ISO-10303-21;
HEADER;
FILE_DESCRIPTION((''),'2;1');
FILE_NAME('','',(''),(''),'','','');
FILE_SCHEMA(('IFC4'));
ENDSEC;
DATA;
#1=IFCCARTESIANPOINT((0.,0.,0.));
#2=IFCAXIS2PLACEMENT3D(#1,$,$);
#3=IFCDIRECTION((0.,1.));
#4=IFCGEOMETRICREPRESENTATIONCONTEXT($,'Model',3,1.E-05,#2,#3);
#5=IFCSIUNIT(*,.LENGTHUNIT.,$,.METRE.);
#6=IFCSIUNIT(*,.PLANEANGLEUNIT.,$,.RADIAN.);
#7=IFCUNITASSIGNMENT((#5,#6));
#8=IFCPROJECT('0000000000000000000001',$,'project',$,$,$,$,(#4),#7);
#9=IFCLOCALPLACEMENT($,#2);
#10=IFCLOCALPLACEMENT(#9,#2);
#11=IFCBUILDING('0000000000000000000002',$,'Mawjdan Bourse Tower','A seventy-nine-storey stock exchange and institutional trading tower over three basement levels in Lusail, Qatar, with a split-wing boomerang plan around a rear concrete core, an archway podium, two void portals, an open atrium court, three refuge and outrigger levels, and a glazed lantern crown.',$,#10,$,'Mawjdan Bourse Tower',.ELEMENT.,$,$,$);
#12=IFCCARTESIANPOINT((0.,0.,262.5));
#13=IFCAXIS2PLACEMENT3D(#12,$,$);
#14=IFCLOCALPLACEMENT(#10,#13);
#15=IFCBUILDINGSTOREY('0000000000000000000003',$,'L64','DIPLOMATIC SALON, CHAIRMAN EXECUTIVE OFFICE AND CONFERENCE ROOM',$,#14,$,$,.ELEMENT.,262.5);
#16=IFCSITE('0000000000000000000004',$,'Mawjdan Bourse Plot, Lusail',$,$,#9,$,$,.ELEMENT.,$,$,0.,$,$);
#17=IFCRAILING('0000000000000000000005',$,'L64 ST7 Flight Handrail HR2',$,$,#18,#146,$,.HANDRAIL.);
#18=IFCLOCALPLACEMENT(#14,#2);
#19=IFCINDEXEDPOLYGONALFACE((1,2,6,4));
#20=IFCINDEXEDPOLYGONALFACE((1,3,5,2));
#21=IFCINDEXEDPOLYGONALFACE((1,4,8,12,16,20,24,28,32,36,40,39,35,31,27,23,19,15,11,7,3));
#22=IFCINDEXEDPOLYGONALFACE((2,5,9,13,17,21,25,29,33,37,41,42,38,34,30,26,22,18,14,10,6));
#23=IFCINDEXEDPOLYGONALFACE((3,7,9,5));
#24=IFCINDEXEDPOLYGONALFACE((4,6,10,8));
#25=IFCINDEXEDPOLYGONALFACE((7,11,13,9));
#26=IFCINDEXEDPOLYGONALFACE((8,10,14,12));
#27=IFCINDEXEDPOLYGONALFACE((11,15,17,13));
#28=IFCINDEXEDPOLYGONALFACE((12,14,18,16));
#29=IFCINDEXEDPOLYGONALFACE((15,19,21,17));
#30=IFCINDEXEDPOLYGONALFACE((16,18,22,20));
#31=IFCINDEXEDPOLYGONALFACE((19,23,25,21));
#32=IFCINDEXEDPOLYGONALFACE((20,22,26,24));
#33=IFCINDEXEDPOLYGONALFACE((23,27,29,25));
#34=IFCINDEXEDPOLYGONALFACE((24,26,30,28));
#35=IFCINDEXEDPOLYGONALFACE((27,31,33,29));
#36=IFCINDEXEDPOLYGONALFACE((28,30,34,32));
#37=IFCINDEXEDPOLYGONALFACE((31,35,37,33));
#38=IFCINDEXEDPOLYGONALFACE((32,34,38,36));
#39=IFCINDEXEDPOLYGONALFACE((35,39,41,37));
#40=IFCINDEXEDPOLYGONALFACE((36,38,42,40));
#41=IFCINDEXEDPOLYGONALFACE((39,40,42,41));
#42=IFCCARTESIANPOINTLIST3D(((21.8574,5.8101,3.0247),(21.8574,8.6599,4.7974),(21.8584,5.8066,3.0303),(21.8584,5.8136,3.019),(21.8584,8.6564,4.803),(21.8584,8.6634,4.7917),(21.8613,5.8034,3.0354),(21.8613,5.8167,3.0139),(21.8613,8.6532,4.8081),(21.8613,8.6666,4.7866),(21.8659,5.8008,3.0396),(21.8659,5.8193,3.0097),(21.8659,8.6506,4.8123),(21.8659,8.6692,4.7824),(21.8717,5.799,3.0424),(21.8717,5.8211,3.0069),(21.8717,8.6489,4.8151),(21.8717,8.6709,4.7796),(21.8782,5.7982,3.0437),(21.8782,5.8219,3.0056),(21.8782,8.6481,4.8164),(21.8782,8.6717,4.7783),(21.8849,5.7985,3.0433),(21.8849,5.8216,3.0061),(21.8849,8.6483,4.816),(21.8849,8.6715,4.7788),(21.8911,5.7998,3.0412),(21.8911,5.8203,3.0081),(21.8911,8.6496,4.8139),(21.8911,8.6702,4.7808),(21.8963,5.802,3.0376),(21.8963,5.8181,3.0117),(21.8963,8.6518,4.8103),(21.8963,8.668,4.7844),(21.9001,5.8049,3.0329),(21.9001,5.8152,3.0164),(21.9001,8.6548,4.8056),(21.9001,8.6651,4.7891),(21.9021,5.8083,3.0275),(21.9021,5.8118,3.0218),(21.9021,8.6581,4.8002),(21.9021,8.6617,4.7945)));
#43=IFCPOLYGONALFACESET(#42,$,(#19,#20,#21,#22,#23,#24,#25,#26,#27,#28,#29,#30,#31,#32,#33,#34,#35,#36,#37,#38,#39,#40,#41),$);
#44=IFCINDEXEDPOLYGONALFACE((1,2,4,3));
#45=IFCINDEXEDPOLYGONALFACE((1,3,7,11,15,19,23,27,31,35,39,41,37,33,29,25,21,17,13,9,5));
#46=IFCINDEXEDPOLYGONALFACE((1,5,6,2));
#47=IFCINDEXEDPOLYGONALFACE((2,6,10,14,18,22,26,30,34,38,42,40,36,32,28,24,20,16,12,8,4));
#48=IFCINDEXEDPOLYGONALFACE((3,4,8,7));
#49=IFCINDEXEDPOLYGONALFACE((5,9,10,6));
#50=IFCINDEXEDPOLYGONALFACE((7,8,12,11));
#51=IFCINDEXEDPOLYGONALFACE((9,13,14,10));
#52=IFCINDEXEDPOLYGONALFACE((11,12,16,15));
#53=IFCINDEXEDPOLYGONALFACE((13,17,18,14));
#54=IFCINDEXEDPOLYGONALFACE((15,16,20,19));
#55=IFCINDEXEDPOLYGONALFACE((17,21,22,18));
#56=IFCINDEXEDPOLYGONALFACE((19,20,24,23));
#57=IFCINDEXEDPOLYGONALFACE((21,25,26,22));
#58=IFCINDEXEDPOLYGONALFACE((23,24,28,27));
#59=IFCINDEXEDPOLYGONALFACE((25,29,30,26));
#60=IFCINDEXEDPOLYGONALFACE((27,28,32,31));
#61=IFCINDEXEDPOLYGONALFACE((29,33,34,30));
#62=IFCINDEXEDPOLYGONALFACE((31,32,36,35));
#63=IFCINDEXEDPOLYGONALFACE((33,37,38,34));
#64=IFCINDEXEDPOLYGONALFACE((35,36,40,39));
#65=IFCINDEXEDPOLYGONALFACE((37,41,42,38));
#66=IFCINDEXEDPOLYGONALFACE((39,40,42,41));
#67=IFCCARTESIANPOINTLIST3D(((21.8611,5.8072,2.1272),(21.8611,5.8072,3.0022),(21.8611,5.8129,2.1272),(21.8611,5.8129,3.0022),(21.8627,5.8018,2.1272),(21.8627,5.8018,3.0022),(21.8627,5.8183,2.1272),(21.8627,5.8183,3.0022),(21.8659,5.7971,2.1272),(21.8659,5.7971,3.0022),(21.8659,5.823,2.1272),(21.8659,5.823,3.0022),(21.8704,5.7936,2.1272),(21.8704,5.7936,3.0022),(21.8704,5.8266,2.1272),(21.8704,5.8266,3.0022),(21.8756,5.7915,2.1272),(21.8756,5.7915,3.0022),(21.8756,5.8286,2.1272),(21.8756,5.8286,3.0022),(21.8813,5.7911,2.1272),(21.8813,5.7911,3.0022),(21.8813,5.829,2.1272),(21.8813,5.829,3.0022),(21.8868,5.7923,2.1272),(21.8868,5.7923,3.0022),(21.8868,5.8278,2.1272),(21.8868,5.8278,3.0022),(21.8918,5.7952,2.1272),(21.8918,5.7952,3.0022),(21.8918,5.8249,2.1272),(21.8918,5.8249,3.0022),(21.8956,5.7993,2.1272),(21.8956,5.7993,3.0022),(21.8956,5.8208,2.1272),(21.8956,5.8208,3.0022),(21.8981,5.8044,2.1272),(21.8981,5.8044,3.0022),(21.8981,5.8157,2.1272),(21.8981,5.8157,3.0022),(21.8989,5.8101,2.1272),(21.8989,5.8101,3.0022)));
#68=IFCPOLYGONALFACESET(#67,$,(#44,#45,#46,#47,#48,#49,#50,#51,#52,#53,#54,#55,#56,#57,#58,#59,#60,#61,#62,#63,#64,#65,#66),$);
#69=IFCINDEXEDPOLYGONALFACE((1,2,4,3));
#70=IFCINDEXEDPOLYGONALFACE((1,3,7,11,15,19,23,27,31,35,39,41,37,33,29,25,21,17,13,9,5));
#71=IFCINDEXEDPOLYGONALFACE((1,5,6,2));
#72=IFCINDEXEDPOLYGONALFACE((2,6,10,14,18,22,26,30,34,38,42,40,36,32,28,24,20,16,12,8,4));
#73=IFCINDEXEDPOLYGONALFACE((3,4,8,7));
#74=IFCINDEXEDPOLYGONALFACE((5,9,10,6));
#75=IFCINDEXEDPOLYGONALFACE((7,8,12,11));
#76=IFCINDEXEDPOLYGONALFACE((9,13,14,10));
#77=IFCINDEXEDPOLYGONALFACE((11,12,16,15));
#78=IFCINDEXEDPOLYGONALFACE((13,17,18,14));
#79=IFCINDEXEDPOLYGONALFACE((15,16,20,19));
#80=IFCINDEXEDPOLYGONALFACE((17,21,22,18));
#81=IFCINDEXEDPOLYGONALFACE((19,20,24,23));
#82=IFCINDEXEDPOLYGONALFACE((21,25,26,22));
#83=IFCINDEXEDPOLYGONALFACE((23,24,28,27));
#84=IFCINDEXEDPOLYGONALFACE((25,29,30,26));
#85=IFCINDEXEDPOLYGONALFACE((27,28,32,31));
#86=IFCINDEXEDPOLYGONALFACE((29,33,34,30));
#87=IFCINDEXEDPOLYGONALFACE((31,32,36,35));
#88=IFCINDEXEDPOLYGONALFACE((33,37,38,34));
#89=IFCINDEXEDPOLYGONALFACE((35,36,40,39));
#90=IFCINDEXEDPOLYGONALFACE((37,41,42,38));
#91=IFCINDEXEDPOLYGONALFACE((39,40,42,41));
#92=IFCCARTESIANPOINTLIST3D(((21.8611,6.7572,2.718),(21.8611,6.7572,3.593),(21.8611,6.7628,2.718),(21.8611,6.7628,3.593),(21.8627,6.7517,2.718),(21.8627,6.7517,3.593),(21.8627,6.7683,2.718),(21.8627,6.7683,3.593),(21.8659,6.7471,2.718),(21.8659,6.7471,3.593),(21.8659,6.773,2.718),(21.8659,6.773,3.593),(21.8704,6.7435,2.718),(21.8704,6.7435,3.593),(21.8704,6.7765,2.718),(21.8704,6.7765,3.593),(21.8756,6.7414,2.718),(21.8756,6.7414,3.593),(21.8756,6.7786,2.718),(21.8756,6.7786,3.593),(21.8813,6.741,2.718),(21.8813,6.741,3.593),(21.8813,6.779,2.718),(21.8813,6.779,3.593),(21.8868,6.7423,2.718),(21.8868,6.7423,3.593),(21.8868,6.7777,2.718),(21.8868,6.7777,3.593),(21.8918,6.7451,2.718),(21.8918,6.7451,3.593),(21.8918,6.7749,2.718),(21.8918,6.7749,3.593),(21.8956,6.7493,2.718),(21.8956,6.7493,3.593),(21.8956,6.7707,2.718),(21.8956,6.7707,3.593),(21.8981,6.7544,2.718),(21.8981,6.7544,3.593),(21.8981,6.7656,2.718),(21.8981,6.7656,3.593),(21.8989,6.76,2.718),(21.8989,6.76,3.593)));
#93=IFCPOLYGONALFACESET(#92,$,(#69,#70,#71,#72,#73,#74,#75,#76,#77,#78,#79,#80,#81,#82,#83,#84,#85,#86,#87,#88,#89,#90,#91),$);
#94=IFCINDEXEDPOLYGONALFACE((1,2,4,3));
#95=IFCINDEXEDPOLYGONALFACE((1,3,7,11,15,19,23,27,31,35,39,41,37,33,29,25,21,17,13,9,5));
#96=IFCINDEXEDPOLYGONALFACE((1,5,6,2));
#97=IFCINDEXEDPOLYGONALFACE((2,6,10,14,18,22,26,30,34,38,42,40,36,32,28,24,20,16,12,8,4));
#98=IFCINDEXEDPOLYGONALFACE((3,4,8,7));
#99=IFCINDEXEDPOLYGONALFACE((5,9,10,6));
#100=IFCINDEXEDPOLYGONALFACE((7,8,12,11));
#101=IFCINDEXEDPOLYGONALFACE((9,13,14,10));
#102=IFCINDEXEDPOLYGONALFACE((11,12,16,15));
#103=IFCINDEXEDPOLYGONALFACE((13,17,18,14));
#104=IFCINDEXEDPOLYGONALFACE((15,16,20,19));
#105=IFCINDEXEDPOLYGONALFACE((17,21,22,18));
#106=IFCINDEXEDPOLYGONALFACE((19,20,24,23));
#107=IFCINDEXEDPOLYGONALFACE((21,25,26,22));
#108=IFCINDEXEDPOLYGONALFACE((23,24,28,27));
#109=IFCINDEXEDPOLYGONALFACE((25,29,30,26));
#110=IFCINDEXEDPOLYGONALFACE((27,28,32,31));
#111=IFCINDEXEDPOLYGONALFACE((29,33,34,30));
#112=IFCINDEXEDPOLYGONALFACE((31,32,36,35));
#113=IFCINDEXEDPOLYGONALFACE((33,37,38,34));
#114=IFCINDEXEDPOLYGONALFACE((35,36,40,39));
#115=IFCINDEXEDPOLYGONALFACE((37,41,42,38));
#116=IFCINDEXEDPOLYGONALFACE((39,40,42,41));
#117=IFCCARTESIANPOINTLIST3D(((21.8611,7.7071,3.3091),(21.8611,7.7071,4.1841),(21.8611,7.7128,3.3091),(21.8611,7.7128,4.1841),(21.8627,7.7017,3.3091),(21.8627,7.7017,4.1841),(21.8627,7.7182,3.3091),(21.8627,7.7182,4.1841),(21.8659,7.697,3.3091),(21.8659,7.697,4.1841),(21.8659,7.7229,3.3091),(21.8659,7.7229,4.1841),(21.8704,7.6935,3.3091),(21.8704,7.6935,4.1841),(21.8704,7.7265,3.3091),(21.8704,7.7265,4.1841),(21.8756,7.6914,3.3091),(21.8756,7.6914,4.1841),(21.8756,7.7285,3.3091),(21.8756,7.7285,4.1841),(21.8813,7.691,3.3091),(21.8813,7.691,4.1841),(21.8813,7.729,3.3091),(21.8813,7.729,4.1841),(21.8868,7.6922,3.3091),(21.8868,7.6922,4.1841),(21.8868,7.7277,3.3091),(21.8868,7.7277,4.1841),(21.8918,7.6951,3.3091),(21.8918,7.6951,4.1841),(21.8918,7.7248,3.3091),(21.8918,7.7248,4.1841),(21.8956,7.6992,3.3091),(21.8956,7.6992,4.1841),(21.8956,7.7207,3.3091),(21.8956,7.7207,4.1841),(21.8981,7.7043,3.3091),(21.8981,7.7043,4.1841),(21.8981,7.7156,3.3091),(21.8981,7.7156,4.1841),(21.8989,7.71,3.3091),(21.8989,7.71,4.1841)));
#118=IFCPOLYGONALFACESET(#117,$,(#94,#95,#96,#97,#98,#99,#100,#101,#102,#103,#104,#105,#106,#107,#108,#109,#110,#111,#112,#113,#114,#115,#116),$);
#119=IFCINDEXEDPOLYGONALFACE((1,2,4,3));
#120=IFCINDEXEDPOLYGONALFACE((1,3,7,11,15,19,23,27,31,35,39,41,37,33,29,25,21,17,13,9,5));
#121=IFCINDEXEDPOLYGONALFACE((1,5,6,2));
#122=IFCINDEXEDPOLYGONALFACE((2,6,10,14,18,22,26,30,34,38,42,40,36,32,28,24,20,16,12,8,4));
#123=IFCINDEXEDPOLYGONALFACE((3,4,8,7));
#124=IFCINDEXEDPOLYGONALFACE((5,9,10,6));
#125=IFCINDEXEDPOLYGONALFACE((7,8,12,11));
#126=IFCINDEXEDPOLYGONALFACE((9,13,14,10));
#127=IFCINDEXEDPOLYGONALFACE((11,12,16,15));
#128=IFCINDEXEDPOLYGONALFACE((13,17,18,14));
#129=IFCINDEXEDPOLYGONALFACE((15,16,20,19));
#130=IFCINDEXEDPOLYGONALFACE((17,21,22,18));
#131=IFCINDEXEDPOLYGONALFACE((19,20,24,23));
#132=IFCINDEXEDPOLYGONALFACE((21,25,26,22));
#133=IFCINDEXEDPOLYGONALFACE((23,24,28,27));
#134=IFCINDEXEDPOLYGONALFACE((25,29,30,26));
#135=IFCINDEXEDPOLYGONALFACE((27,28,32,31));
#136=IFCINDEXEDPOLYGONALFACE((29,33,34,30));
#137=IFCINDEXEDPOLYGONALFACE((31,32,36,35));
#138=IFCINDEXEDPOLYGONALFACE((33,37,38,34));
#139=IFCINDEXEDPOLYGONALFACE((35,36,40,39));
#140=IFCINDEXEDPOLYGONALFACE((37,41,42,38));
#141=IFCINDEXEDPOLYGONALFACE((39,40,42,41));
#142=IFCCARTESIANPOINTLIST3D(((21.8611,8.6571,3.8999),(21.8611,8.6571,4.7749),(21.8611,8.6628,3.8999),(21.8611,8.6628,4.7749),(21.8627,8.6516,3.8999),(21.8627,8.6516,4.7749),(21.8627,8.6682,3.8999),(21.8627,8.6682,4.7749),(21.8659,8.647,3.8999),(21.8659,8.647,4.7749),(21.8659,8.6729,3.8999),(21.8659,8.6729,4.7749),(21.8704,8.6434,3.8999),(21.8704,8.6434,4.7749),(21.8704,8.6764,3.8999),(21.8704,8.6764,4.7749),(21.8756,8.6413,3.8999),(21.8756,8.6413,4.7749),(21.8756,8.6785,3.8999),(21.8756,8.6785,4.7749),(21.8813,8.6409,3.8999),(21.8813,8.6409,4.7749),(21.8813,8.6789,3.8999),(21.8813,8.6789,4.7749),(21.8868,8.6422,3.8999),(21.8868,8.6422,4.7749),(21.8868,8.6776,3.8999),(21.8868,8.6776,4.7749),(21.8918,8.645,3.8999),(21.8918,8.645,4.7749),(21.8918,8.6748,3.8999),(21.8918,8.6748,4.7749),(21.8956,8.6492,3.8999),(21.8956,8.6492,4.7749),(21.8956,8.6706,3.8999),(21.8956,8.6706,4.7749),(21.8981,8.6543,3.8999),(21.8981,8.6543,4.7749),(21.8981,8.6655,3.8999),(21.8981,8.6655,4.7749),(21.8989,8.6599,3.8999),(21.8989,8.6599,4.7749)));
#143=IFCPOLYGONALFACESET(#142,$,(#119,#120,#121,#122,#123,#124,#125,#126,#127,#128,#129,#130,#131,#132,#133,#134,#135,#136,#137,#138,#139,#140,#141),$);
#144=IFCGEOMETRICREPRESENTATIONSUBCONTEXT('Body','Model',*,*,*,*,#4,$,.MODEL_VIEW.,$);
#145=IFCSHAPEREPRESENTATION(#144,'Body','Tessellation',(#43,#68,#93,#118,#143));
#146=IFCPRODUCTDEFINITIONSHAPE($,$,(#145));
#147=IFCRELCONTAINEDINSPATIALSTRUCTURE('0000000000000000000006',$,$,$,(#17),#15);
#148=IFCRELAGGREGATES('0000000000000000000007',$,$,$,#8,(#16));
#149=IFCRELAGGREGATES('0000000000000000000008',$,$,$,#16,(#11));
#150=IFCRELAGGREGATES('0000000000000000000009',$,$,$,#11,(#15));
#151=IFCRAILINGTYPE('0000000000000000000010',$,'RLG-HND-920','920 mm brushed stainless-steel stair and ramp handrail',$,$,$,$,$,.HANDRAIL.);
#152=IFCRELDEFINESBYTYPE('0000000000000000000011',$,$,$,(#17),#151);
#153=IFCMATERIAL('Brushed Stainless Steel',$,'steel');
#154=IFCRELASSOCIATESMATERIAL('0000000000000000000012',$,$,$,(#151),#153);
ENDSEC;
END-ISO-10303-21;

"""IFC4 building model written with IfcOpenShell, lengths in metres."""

from ifc_helpers import new_model, si_unit, direction, frame, origin, origin_2d, place, context, subcontext, project, spatial, circle, extrude, material, type_object, element, save


model = new_model("IFC4")

# Units and contexts
model_context = context("Model", 3, precision=1e-05, world=origin(), true_north=direction((0.0, 1.0)))
body_context = subcontext(model_context, "Body", "Model", "MODEL_VIEW")
ifc_project = project(units=[si_unit("LENGTHUNIT", "METRE"), si_unit("PLANEANGLEUNIT", "RADIAN")], contexts=[model_context])

# Site, building, storey
site_placement = place(None, origin())
site = spatial("IfcSite", under=ifc_project, at=site_placement, Name="Mawjdan Bourse Plot, Lusail", CompositionType="ELEMENT", RefElevation=0.0)
building_placement = place(site_placement, origin())
building = spatial("IfcBuilding", under=site, at=building_placement, Name="Mawjdan Bourse Tower", Description="A seventy-nine-storey stock exchange and institutional trading tower over three basement levels in Lusail, Qatar, with a split-wing boomerang plan around a rear concrete core, an archway podium, two void portals, an open atrium court, three refuge and outrigger levels, and a glazed lantern crown.", LongName="Mawjdan Bourse Tower", CompositionType="ELEMENT")
storey_placement = place(building_placement, frame((0.0, 0.0, 262.5)))
storey = spatial("IfcBuildingStorey", under=building, at=storey_placement, Name="L64", Description="DIPLOMATIC SALON, CHAIRMAN EXECUTIVE OFFICE AND CONFERENCE ROOM", CompositionType="ELEMENT", Elevation=262.5)

# Railing
ifc_material_1 = material(Name="Brushed Stainless Steel", Category="steel")
railing_type = type_object("IfcRailingType", Name="RLG-HND-920", Description="920 mm brushed stainless-steel stair and ramp handrail", PredefinedType="HANDRAIL", material=ifc_material_1)
railing_1_placement = place(storey_placement, frame((21.8799, 5.8101, 2.1272)))
element("IfcRailing", 1, at=railing_1_placement, inside=storey, type_object=railing_type, Name="L64 ST7 Flight Handrail HR2", PredefinedType="HANDRAIL", context=body_context, shape_type="SweptSolid", body=[
    extrude(circle(Radius=0.0225, at=origin_2d()), frame((0.0, 0.0, 0.8975), z_axis=(0.0, 0.849128, 0.528187), x_axis=(-1.0, 0.0, 0.0)), (0.0, 0.0, 1.0), 3.3562),
    extrude(circle(Radius=0.019, at=origin_2d()), origin(), (0.0, 0.0, 1.0), 0.875),
    extrude(circle(Radius=0.019, at=origin_2d()), frame((0.0, 0.95, 0.5908)), (0.0, 0.0, 1.0), 0.875),
    extrude(circle(Radius=0.019, at=origin_2d()), frame((0.0, 1.8999, 1.1819)), (0.0, 0.0, 1.0), 0.875),
    extrude(circle(Radius=0.019, at=origin_2d()), frame((0.0, 2.8499, 1.7727)), (0.0, 0.0, 1.0), 0.875),
])

save(model, "model.ifc")
